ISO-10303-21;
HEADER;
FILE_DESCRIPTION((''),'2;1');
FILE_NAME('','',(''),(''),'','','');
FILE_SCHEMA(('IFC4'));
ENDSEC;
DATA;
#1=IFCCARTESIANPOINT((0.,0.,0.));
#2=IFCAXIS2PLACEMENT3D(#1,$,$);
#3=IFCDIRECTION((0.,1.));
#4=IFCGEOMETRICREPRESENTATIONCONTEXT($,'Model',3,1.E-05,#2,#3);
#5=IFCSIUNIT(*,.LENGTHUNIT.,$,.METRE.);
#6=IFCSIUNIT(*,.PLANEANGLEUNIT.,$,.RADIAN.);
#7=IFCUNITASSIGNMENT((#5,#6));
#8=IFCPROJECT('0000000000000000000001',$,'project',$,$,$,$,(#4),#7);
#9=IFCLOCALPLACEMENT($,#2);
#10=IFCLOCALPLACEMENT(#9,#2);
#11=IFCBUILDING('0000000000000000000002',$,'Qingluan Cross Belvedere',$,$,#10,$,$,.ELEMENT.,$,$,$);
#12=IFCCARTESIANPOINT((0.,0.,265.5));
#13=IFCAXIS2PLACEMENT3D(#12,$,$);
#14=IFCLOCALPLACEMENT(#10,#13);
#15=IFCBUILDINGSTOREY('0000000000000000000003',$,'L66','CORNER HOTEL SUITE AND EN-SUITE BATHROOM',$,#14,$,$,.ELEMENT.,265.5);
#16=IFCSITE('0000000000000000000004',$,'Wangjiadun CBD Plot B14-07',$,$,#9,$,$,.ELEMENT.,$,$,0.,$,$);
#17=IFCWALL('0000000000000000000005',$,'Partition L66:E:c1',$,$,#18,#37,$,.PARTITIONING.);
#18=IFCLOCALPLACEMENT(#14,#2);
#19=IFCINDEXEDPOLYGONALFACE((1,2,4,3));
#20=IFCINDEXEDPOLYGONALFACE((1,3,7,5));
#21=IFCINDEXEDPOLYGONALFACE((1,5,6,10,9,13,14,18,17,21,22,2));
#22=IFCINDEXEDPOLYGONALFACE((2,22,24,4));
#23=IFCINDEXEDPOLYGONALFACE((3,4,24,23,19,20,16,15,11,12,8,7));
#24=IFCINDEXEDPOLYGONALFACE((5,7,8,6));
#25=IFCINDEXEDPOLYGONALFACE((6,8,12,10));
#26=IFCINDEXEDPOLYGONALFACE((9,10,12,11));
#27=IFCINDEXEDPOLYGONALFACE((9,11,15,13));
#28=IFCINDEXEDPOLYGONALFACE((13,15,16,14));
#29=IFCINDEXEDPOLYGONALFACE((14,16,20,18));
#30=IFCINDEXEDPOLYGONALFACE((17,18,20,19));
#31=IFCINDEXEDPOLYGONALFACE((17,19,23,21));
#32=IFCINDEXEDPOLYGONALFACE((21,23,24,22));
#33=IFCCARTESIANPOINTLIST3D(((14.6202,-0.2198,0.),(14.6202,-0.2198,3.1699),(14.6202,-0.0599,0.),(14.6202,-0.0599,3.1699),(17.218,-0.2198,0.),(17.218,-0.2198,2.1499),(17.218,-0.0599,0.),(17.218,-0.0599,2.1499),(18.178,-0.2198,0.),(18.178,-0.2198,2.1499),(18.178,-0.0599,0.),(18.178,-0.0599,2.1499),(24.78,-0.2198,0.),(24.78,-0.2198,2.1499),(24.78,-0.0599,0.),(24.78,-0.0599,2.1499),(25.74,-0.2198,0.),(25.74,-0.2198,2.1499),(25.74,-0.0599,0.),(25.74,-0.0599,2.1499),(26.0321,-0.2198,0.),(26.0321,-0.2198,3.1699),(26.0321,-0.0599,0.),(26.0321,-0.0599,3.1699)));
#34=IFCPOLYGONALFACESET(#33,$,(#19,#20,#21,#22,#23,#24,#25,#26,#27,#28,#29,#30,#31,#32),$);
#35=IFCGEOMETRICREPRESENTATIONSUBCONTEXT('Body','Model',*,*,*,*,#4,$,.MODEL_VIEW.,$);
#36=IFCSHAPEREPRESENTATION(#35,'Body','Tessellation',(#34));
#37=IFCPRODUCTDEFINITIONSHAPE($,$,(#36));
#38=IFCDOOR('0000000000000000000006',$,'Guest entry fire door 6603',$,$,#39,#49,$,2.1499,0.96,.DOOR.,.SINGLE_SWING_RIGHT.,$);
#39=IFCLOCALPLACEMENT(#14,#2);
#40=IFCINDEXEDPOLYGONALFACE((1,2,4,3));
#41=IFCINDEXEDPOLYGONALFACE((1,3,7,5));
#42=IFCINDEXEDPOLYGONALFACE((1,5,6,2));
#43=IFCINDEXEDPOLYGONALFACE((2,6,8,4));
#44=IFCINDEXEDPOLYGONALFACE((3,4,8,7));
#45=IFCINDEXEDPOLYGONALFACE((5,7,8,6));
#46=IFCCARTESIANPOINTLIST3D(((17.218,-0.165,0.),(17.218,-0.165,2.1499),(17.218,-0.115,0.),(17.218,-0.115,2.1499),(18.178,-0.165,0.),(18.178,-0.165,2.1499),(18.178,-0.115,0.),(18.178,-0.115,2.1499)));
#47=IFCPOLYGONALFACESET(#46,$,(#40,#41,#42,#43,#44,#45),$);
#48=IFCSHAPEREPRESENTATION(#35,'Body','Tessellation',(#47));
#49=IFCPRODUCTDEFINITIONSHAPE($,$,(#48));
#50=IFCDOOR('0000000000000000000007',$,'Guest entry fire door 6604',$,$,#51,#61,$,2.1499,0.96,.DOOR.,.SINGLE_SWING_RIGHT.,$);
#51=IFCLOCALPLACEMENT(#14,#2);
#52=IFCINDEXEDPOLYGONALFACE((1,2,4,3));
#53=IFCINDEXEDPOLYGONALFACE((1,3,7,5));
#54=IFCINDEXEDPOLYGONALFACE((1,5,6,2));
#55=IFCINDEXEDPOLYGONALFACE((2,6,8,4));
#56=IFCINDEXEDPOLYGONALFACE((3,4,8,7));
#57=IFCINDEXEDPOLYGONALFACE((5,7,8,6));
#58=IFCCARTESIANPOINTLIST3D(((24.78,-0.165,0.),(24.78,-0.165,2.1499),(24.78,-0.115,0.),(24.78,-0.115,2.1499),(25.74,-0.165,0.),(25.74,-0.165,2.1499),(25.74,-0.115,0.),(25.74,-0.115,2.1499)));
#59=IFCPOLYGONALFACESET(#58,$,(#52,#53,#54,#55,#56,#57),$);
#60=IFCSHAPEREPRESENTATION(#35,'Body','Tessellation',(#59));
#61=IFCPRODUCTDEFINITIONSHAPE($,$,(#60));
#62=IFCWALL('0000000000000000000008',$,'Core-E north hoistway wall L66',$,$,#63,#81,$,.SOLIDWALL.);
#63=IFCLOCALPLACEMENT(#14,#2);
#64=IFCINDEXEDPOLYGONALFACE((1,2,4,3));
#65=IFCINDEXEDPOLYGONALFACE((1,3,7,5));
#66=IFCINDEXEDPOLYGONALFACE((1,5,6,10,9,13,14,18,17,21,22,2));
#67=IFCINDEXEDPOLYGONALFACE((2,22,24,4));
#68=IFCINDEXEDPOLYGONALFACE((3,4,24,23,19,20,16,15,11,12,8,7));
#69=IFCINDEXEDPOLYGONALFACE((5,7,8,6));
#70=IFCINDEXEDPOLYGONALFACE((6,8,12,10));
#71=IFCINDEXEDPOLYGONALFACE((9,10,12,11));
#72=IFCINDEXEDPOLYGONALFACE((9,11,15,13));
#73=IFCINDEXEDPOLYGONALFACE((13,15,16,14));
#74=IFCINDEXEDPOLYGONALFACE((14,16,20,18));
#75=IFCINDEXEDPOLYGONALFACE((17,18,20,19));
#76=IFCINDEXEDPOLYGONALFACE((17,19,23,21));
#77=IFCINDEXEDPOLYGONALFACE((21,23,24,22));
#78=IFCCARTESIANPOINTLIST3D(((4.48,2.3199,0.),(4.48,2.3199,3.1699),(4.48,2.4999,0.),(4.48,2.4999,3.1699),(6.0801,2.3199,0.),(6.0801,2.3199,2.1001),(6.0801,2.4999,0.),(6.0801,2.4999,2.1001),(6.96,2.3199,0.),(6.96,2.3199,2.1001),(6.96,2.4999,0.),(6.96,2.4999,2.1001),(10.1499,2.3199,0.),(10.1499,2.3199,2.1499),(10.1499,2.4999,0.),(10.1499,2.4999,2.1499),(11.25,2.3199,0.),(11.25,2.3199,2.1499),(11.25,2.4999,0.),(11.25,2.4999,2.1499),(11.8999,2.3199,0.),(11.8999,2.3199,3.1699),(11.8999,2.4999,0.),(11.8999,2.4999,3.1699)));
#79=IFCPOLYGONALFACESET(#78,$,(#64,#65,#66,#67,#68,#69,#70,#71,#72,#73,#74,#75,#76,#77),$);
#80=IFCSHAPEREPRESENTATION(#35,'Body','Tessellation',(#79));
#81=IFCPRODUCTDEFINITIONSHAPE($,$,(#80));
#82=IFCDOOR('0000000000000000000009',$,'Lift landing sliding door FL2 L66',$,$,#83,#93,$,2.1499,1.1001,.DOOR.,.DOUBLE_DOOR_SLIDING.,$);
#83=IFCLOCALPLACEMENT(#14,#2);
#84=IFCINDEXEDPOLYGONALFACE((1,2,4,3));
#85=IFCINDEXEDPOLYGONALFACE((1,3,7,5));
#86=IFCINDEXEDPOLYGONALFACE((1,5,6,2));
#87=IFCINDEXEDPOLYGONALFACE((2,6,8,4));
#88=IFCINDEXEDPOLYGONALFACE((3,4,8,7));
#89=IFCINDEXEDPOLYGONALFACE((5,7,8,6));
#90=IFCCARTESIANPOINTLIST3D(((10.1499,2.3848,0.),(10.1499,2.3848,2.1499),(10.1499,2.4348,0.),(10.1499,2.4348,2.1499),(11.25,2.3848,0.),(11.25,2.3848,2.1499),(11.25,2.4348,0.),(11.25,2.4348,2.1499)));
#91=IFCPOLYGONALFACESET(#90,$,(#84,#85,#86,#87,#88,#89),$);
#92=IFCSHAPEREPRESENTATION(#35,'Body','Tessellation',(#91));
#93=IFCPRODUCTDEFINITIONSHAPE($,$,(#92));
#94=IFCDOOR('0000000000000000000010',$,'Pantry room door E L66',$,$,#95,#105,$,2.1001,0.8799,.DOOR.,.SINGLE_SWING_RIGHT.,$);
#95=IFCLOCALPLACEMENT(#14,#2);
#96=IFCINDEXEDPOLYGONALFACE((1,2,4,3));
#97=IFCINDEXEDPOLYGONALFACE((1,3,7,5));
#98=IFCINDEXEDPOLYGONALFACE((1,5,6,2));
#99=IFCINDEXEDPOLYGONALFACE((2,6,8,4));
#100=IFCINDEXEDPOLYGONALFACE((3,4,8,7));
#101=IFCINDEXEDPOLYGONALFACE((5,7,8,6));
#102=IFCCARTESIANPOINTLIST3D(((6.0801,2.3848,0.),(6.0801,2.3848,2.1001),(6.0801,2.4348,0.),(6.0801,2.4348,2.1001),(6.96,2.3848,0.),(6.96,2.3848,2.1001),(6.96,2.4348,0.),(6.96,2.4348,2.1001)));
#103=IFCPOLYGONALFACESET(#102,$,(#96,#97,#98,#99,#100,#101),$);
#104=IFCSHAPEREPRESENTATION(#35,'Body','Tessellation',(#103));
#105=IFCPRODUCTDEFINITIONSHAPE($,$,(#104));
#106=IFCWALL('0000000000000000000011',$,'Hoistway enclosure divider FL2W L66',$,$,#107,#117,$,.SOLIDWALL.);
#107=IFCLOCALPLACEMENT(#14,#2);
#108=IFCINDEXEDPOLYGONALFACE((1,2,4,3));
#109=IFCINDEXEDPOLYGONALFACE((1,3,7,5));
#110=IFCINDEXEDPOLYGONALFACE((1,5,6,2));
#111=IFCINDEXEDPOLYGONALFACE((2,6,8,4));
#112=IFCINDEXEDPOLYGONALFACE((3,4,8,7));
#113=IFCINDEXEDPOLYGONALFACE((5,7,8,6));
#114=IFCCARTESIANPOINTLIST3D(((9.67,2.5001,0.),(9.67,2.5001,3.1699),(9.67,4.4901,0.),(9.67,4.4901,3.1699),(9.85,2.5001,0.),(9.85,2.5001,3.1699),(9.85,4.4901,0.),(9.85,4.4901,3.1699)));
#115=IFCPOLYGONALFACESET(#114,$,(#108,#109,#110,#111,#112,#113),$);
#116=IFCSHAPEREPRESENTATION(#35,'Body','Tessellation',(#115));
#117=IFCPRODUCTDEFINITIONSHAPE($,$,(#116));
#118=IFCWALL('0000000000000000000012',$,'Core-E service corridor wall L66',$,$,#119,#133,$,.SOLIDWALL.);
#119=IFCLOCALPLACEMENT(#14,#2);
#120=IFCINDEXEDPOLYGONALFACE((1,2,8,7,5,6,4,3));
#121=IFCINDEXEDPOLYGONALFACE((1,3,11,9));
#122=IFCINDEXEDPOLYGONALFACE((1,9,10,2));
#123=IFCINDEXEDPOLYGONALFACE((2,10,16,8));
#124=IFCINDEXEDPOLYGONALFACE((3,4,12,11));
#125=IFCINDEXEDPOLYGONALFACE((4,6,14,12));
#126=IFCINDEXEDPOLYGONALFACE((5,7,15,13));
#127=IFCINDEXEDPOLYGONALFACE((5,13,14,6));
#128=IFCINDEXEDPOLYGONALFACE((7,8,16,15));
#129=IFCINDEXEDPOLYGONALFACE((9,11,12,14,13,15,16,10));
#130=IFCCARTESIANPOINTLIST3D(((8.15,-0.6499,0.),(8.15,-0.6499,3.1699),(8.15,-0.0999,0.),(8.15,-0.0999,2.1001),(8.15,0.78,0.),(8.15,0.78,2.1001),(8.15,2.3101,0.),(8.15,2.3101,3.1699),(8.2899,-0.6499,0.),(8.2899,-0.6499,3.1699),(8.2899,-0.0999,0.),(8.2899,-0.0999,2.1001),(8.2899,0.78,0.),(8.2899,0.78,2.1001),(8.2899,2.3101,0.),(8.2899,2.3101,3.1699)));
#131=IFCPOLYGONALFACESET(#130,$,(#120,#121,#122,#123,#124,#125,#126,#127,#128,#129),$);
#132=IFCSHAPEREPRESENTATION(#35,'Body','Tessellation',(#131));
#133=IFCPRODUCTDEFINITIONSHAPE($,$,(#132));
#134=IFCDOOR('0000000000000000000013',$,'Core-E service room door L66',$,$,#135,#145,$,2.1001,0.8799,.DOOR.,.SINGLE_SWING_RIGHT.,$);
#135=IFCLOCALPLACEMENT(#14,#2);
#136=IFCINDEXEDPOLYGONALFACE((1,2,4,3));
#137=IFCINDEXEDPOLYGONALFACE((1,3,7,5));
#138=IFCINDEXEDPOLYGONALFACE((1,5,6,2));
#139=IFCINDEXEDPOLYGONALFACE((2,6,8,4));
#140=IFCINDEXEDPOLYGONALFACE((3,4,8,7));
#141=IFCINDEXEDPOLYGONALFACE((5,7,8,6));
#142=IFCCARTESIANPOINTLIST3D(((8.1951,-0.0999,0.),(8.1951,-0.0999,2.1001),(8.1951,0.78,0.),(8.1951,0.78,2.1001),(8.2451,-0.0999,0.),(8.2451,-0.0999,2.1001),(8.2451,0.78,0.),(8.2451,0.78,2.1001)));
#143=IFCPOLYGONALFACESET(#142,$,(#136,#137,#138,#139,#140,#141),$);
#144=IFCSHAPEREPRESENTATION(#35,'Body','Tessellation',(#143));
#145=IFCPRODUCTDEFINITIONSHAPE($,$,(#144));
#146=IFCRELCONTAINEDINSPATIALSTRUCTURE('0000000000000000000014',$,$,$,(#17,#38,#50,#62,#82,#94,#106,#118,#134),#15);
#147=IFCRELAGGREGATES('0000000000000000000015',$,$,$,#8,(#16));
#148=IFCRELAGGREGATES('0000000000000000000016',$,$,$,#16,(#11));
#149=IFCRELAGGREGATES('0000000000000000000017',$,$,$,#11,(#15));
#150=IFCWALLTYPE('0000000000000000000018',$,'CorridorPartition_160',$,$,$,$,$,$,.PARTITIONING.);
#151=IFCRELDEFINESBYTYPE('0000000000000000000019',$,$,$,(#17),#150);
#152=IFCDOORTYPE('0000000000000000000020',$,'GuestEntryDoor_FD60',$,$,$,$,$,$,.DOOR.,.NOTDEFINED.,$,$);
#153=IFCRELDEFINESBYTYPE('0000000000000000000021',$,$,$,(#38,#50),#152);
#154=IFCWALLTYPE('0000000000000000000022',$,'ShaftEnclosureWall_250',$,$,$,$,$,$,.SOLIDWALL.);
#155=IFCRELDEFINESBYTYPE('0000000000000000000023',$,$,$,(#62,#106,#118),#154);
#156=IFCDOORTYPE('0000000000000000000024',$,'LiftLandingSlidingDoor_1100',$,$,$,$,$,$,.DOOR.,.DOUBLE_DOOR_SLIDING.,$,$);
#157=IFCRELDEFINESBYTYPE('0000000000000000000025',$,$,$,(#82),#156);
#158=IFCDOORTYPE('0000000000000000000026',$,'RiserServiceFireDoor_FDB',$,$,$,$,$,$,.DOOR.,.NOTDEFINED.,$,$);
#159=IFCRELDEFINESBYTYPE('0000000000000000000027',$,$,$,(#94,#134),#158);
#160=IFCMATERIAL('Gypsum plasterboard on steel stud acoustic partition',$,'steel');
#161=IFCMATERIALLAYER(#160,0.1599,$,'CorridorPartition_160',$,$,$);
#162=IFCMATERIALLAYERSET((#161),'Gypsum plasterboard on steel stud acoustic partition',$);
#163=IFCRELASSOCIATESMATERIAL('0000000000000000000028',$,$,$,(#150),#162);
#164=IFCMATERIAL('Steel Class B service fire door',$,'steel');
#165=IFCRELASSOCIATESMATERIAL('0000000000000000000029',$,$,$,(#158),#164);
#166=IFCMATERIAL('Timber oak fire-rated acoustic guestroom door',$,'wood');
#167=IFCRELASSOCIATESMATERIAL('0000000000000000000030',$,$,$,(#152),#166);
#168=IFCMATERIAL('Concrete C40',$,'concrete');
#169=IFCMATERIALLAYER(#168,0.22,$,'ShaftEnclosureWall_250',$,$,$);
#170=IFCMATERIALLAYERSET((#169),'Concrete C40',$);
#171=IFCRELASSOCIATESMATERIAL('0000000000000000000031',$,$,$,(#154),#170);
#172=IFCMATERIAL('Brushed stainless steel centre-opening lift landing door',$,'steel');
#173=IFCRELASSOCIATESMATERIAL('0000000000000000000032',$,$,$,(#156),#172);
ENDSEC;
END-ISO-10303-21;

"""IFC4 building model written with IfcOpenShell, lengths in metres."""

from ifc_helpers import new_model, si_unit, direction, frame, frame_2d, origin, place, context, subcontext, project, spatial, rectangle, extrude, material, layer, layer_set, type_object, element, fill, save


model = new_model("IFC4")

# Units and contexts
model_context = context("Model", 3, precision=1e-05, world=origin(), true_north=direction((0.0, 1.0)))
body_context = subcontext(model_context, "Body", "Model", "MODEL_VIEW")
ifc_project = project(units=[si_unit("LENGTHUNIT", "METRE"), si_unit("PLANEANGLEUNIT", "RADIAN")], contexts=[model_context])

# Site, building, storey
site_placement = place(None, origin())
site = spatial("IfcSite", under=ifc_project, at=site_placement, Name="Wangjiadun CBD Plot B14-07", CompositionType="ELEMENT", RefElevation=0.0)
building_placement = place(site_placement, origin())
building = spatial("IfcBuilding", under=site, at=building_placement, Name="Qingluan Cross Belvedere", CompositionType="ELEMENT")
storey_placement = place(building_placement, frame((0.0, 0.0, 265.5)))
storey = spatial("IfcBuildingStorey", under=building, at=storey_placement, Name="L66", Description="CORNER HOTEL SUITE AND EN-SUITE BATHROOM", CompositionType="ELEMENT", Elevation=265.5)

# Shared definitions
ifc_material_1 = material(Name="Gypsum plasterboard on steel stud acoustic partition", Category="steel")
ifc_layer_1 = layer(ifc_material_1, 0.1599, Name="CorridorPartition_160")
ifc_layer_set_1 = layer_set([ifc_layer_1], Name="Gypsum plasterboard on steel stud acoustic partition")
wall_type_1 = type_object("IfcWallType", Name="CorridorPartition_160", PredefinedType="PARTITIONING", material=ifc_layer_set_1)
ifc_material_2 = material(Name="Steel Class B service fire door", Category="steel")
door_type_1 = type_object("IfcDoorType", Name="RiserServiceFireDoor_FDB", OperationType="NOTDEFINED", PredefinedType="DOOR", material=ifc_material_2)

# Walls, openings, doors
wall_1_placement = place(storey_placement, frame((14.6201, -0.1399, 0.0), z_axis=(0.0, 0.0, 1.0), x_axis=(1.0, 0.0, 0.0)))
wall_1 = element("IfcWall", 1, at=wall_1_placement, inside=storey, type_object=wall_type_1, Name="Partition L66:E:c1", PredefinedType="PARTITIONING", context=body_context, shape_type="SweptSolid", body=[
    extrude(rectangle(XDim=11.4119, YDim=0.1599, at=frame_2d((5.7061, 0.0))), origin(), (0.0, 0.0, 1.0), 3.1699),
])
opening_1_placement = place(wall_1_placement, frame((2.5979, 0.0, 0.0)))
opening_1 = element("IfcOpeningElement", 2, at=opening_1_placement, cuts=wall_1, PredefinedType="OPENING", context=body_context, shape_type="SweptSolid", body=[
    extrude(rectangle(XDim=0.96, YDim=2.1499, at=frame_2d((0.48, 1.075))), frame((0.0, 0.0898, 0.0), z_axis=(0.0, -1.0, 0.0), x_axis=(1.0, 0.0, 0.0)), (0.0, 0.0, 1.0), 0.1799),
])
opening_2_placement = place(wall_1_placement, frame((10.1599, 0.0, 0.0)))
opening_2 = element("IfcOpeningElement", 3, at=opening_2_placement, cuts=wall_1, PredefinedType="OPENING", context=body_context, shape_type="SweptSolid", body=[
    extrude(rectangle(XDim=0.96, YDim=2.1499, at=frame_2d((0.48, 1.075))), frame((0.0, 0.0898, 0.0), z_axis=(0.0, -1.0, 0.0), x_axis=(1.0, 0.0, 0.0)), (0.0, 0.0, 1.0), 0.1799),
])
ifc_material_3 = material(Name="Timber oak fire-rated acoustic guestroom door", Category="wood")
door_type_2 = type_object("IfcDoorType", Name="GuestEntryDoor_FD60", OperationType="NOTDEFINED", PredefinedType="DOOR", material=ifc_material_3)
door_1_placement = place(opening_1_placement, origin())
door_1 = element("IfcDoor", 4, at=door_1_placement, inside=storey, type_object=door_type_2, Name="Guest entry fire door 6603", OperationType="SINGLE_SWING_RIGHT", OverallHeight=2.1499, OverallWidth=0.96, PredefinedType="DOOR", context=body_context, shape_type="SweptSolid", body=[
    extrude(rectangle(XDim=0.96, YDim=2.1499, at=frame_2d((0.48, 1.075))), frame((0.0, 0.0249, 0.0), z_axis=(0.0, -1.0, 0.0), x_axis=(1.0, 0.0, 0.0)), (0.0, 0.0, 1.0), 0.05),
])
fill(opening_1, door_1)
door_2_placement = place(opening_2_placement, origin())
door_2 = element("IfcDoor", 5, at=door_2_placement, inside=storey, type_object=door_type_2, Name="Guest entry fire door 6604", OperationType="SINGLE_SWING_RIGHT", OverallHeight=2.1499, OverallWidth=0.96, PredefinedType="DOOR", context=body_context, shape_type="SweptSolid", body=[
    extrude(rectangle(XDim=0.96, YDim=2.1499, at=frame_2d((0.48, 1.075))), frame((0.0, 0.0249, 0.0), z_axis=(0.0, -1.0, 0.0), x_axis=(1.0, 0.0, 0.0)), (0.0, 0.0, 1.0), 0.05),
])
fill(opening_2, door_2)
ifc_material_4 = material(Name="Concrete C40", Category="concrete")
ifc_layer_2 = layer(ifc_material_4, 0.22, Name="ShaftEnclosureWall_250")
ifc_layer_set_2 = layer_set([ifc_layer_2], Name="Concrete C40")
wall_type_2 = type_object("IfcWallType", Name="ShaftEnclosureWall_250", PredefinedType="SOLIDWALL", material=ifc_layer_set_2)
wall_2_placement = place(storey_placement, frame((4.48, 2.4099, 0.0), z_axis=(0.0, 0.0, 1.0), x_axis=(1.0, 0.0, 0.0)))
wall_2 = element("IfcWall", 6, at=wall_2_placement, inside=storey, type_object=wall_type_2, Name="Core-E north hoistway wall L66", PredefinedType="SOLIDWALL", context=body_context, shape_type="SweptSolid", body=[
    extrude(rectangle(XDim=7.4199, YDim=0.1799, at=frame_2d((3.71, 0.0))), origin(), (0.0, 0.0, 1.0), 3.1699),
])
opening_3_placement = place(wall_2_placement, frame((5.6699, 0.0, 0.0)))
opening_3 = element("IfcOpeningElement", 7, at=opening_3_placement, cuts=wall_2, PredefinedType="OPENING", context=body_context, shape_type="SweptSolid", body=[
    extrude(rectangle(XDim=1.1001, YDim=2.1499, at=frame_2d((0.55, 1.075))), frame((0.0, 0.0999, 0.0), z_axis=(0.0, -1.0, 0.0), x_axis=(1.0, 0.0, 0.0)), (0.0, 0.0, 1.0), 0.2),
])
opening_4_placement = place(wall_2_placement, frame((1.6001, 0.0, 0.0)))
opening_4 = element("IfcOpeningElement", 8, at=opening_4_placement, cuts=wall_2, PredefinedType="OPENING", context=body_context, shape_type="SweptSolid", body=[
    extrude(rectangle(XDim=0.8799, YDim=2.1001, at=frame_2d((0.4399, 1.05))), frame((0.0, 0.0999, 0.0), z_axis=(0.0, -1.0, 0.0), x_axis=(1.0, 0.0, 0.0)), (0.0, 0.0, 1.0), 0.2),
])
ifc_material_5 = material(Name="Brushed stainless steel centre-opening lift landing door", Category="steel")
door_type_3 = type_object("IfcDoorType", Name="LiftLandingSlidingDoor_1100", OperationType="DOUBLE_DOOR_SLIDING", PredefinedType="DOOR", material=ifc_material_5)
door_3_placement = place(opening_3_placement, origin())
door_3 = element("IfcDoor", 9, at=door_3_placement, inside=storey, type_object=door_type_3, Name="Lift landing sliding door FL2 L66", OperationType="DOUBLE_DOOR_SLIDING", OverallHeight=2.1499, OverallWidth=1.1001, PredefinedType="DOOR", context=body_context, shape_type="SweptSolid", body=[
    extrude(rectangle(XDim=1.1001, YDim=2.1499, at=frame_2d((0.55, 1.075))), frame((0.0, 0.0249, 0.0), z_axis=(0.0, -1.0, 0.0), x_axis=(1.0, 0.0, 0.0)), (0.0, 0.0, 1.0), 0.05),
])
fill(opening_3, door_3)
door_4_placement = place(opening_4_placement, origin())
door_4 = element("IfcDoor", 10, at=door_4_placement, inside=storey, type_object=door_type_1, Name="Pantry room door E L66", OperationType="SINGLE_SWING_RIGHT", OverallHeight=2.1001, OverallWidth=0.8799, PredefinedType="DOOR", context=body_context, shape_type="SweptSolid", body=[
    extrude(rectangle(XDim=0.8799, YDim=2.1001, at=frame_2d((0.4399, 1.05))), frame((0.0, 0.0249, 0.0), z_axis=(0.0, -1.0, 0.0), x_axis=(1.0, 0.0, 0.0)), (0.0, 0.0, 1.0), 0.05),
])
fill(opening_4, door_4)

# Wall
wall_3_placement = place(storey_placement, frame((9.76, 2.5, 0.0), z_axis=(0.0, 0.0, 1.0), x_axis=(0.0, 1.0, 0.0)))
element("IfcWall", 11, at=wall_3_placement, inside=storey, type_object=wall_type_2, Name="Hoistway enclosure divider FL2W L66", PredefinedType="SOLIDWALL", context=body_context, shape_type="SweptSolid", body=[
    extrude(rectangle(XDim=1.99, YDim=0.1799, at=frame_2d((0.9951, 0.0))), origin(), (0.0, 0.0, 1.0), 3.1699),
])

# Wall, opening, door
wall_4_placement = place(storey_placement, frame((8.22, -0.6499, 0.0), z_axis=(0.0, 0.0, 1.0), x_axis=(0.0, 1.0, 0.0)))
wall_4 = element("IfcWall", 12, at=wall_4_placement, inside=storey, type_object=wall_type_2, Name="Core-E service corridor wall L66", PredefinedType="SOLIDWALL", context=body_context, shape_type="SweptSolid", body=[
    extrude(rectangle(XDim=2.96, YDim=0.1399, at=frame_2d((1.48, 0.0))), origin(), (0.0, 0.0, 1.0), 3.1699),
])
opening_5_placement = place(wall_4_placement, frame((0.55, 0.0, 0.0)))
opening_5 = element("IfcOpeningElement", 13, at=opening_5_placement, cuts=wall_4, PredefinedType="OPENING", context=body_context, shape_type="SweptSolid", body=[
    extrude(rectangle(XDim=0.8799, YDim=2.1001, at=frame_2d((0.4399, 1.05))), frame((0.0, 0.0798, 0.0), z_axis=(0.0, -1.0, 0.0), x_axis=(1.0, 0.0, 0.0)), (0.0, 0.0, 1.0), 0.1599),
])
door_5_placement = place(opening_5_placement, origin())
door_5 = element("IfcDoor", 14, at=door_5_placement, inside=storey, type_object=door_type_1, Name="Core-E service room door L66", OperationType="SINGLE_SWING_RIGHT", OverallHeight=2.1001, OverallWidth=0.8799, PredefinedType="DOOR", context=body_context, shape_type="SweptSolid", body=[
    extrude(rectangle(XDim=0.8799, YDim=2.1001, at=frame_2d((0.4399, 1.05))), frame((0.0, 0.0249, 0.0), z_axis=(0.0, -1.0, 0.0), x_axis=(1.0, 0.0, 0.0)), (0.0, 0.0, 1.0), 0.05),
])
fill(opening_5, door_5)

save(model, "model.ifc")
